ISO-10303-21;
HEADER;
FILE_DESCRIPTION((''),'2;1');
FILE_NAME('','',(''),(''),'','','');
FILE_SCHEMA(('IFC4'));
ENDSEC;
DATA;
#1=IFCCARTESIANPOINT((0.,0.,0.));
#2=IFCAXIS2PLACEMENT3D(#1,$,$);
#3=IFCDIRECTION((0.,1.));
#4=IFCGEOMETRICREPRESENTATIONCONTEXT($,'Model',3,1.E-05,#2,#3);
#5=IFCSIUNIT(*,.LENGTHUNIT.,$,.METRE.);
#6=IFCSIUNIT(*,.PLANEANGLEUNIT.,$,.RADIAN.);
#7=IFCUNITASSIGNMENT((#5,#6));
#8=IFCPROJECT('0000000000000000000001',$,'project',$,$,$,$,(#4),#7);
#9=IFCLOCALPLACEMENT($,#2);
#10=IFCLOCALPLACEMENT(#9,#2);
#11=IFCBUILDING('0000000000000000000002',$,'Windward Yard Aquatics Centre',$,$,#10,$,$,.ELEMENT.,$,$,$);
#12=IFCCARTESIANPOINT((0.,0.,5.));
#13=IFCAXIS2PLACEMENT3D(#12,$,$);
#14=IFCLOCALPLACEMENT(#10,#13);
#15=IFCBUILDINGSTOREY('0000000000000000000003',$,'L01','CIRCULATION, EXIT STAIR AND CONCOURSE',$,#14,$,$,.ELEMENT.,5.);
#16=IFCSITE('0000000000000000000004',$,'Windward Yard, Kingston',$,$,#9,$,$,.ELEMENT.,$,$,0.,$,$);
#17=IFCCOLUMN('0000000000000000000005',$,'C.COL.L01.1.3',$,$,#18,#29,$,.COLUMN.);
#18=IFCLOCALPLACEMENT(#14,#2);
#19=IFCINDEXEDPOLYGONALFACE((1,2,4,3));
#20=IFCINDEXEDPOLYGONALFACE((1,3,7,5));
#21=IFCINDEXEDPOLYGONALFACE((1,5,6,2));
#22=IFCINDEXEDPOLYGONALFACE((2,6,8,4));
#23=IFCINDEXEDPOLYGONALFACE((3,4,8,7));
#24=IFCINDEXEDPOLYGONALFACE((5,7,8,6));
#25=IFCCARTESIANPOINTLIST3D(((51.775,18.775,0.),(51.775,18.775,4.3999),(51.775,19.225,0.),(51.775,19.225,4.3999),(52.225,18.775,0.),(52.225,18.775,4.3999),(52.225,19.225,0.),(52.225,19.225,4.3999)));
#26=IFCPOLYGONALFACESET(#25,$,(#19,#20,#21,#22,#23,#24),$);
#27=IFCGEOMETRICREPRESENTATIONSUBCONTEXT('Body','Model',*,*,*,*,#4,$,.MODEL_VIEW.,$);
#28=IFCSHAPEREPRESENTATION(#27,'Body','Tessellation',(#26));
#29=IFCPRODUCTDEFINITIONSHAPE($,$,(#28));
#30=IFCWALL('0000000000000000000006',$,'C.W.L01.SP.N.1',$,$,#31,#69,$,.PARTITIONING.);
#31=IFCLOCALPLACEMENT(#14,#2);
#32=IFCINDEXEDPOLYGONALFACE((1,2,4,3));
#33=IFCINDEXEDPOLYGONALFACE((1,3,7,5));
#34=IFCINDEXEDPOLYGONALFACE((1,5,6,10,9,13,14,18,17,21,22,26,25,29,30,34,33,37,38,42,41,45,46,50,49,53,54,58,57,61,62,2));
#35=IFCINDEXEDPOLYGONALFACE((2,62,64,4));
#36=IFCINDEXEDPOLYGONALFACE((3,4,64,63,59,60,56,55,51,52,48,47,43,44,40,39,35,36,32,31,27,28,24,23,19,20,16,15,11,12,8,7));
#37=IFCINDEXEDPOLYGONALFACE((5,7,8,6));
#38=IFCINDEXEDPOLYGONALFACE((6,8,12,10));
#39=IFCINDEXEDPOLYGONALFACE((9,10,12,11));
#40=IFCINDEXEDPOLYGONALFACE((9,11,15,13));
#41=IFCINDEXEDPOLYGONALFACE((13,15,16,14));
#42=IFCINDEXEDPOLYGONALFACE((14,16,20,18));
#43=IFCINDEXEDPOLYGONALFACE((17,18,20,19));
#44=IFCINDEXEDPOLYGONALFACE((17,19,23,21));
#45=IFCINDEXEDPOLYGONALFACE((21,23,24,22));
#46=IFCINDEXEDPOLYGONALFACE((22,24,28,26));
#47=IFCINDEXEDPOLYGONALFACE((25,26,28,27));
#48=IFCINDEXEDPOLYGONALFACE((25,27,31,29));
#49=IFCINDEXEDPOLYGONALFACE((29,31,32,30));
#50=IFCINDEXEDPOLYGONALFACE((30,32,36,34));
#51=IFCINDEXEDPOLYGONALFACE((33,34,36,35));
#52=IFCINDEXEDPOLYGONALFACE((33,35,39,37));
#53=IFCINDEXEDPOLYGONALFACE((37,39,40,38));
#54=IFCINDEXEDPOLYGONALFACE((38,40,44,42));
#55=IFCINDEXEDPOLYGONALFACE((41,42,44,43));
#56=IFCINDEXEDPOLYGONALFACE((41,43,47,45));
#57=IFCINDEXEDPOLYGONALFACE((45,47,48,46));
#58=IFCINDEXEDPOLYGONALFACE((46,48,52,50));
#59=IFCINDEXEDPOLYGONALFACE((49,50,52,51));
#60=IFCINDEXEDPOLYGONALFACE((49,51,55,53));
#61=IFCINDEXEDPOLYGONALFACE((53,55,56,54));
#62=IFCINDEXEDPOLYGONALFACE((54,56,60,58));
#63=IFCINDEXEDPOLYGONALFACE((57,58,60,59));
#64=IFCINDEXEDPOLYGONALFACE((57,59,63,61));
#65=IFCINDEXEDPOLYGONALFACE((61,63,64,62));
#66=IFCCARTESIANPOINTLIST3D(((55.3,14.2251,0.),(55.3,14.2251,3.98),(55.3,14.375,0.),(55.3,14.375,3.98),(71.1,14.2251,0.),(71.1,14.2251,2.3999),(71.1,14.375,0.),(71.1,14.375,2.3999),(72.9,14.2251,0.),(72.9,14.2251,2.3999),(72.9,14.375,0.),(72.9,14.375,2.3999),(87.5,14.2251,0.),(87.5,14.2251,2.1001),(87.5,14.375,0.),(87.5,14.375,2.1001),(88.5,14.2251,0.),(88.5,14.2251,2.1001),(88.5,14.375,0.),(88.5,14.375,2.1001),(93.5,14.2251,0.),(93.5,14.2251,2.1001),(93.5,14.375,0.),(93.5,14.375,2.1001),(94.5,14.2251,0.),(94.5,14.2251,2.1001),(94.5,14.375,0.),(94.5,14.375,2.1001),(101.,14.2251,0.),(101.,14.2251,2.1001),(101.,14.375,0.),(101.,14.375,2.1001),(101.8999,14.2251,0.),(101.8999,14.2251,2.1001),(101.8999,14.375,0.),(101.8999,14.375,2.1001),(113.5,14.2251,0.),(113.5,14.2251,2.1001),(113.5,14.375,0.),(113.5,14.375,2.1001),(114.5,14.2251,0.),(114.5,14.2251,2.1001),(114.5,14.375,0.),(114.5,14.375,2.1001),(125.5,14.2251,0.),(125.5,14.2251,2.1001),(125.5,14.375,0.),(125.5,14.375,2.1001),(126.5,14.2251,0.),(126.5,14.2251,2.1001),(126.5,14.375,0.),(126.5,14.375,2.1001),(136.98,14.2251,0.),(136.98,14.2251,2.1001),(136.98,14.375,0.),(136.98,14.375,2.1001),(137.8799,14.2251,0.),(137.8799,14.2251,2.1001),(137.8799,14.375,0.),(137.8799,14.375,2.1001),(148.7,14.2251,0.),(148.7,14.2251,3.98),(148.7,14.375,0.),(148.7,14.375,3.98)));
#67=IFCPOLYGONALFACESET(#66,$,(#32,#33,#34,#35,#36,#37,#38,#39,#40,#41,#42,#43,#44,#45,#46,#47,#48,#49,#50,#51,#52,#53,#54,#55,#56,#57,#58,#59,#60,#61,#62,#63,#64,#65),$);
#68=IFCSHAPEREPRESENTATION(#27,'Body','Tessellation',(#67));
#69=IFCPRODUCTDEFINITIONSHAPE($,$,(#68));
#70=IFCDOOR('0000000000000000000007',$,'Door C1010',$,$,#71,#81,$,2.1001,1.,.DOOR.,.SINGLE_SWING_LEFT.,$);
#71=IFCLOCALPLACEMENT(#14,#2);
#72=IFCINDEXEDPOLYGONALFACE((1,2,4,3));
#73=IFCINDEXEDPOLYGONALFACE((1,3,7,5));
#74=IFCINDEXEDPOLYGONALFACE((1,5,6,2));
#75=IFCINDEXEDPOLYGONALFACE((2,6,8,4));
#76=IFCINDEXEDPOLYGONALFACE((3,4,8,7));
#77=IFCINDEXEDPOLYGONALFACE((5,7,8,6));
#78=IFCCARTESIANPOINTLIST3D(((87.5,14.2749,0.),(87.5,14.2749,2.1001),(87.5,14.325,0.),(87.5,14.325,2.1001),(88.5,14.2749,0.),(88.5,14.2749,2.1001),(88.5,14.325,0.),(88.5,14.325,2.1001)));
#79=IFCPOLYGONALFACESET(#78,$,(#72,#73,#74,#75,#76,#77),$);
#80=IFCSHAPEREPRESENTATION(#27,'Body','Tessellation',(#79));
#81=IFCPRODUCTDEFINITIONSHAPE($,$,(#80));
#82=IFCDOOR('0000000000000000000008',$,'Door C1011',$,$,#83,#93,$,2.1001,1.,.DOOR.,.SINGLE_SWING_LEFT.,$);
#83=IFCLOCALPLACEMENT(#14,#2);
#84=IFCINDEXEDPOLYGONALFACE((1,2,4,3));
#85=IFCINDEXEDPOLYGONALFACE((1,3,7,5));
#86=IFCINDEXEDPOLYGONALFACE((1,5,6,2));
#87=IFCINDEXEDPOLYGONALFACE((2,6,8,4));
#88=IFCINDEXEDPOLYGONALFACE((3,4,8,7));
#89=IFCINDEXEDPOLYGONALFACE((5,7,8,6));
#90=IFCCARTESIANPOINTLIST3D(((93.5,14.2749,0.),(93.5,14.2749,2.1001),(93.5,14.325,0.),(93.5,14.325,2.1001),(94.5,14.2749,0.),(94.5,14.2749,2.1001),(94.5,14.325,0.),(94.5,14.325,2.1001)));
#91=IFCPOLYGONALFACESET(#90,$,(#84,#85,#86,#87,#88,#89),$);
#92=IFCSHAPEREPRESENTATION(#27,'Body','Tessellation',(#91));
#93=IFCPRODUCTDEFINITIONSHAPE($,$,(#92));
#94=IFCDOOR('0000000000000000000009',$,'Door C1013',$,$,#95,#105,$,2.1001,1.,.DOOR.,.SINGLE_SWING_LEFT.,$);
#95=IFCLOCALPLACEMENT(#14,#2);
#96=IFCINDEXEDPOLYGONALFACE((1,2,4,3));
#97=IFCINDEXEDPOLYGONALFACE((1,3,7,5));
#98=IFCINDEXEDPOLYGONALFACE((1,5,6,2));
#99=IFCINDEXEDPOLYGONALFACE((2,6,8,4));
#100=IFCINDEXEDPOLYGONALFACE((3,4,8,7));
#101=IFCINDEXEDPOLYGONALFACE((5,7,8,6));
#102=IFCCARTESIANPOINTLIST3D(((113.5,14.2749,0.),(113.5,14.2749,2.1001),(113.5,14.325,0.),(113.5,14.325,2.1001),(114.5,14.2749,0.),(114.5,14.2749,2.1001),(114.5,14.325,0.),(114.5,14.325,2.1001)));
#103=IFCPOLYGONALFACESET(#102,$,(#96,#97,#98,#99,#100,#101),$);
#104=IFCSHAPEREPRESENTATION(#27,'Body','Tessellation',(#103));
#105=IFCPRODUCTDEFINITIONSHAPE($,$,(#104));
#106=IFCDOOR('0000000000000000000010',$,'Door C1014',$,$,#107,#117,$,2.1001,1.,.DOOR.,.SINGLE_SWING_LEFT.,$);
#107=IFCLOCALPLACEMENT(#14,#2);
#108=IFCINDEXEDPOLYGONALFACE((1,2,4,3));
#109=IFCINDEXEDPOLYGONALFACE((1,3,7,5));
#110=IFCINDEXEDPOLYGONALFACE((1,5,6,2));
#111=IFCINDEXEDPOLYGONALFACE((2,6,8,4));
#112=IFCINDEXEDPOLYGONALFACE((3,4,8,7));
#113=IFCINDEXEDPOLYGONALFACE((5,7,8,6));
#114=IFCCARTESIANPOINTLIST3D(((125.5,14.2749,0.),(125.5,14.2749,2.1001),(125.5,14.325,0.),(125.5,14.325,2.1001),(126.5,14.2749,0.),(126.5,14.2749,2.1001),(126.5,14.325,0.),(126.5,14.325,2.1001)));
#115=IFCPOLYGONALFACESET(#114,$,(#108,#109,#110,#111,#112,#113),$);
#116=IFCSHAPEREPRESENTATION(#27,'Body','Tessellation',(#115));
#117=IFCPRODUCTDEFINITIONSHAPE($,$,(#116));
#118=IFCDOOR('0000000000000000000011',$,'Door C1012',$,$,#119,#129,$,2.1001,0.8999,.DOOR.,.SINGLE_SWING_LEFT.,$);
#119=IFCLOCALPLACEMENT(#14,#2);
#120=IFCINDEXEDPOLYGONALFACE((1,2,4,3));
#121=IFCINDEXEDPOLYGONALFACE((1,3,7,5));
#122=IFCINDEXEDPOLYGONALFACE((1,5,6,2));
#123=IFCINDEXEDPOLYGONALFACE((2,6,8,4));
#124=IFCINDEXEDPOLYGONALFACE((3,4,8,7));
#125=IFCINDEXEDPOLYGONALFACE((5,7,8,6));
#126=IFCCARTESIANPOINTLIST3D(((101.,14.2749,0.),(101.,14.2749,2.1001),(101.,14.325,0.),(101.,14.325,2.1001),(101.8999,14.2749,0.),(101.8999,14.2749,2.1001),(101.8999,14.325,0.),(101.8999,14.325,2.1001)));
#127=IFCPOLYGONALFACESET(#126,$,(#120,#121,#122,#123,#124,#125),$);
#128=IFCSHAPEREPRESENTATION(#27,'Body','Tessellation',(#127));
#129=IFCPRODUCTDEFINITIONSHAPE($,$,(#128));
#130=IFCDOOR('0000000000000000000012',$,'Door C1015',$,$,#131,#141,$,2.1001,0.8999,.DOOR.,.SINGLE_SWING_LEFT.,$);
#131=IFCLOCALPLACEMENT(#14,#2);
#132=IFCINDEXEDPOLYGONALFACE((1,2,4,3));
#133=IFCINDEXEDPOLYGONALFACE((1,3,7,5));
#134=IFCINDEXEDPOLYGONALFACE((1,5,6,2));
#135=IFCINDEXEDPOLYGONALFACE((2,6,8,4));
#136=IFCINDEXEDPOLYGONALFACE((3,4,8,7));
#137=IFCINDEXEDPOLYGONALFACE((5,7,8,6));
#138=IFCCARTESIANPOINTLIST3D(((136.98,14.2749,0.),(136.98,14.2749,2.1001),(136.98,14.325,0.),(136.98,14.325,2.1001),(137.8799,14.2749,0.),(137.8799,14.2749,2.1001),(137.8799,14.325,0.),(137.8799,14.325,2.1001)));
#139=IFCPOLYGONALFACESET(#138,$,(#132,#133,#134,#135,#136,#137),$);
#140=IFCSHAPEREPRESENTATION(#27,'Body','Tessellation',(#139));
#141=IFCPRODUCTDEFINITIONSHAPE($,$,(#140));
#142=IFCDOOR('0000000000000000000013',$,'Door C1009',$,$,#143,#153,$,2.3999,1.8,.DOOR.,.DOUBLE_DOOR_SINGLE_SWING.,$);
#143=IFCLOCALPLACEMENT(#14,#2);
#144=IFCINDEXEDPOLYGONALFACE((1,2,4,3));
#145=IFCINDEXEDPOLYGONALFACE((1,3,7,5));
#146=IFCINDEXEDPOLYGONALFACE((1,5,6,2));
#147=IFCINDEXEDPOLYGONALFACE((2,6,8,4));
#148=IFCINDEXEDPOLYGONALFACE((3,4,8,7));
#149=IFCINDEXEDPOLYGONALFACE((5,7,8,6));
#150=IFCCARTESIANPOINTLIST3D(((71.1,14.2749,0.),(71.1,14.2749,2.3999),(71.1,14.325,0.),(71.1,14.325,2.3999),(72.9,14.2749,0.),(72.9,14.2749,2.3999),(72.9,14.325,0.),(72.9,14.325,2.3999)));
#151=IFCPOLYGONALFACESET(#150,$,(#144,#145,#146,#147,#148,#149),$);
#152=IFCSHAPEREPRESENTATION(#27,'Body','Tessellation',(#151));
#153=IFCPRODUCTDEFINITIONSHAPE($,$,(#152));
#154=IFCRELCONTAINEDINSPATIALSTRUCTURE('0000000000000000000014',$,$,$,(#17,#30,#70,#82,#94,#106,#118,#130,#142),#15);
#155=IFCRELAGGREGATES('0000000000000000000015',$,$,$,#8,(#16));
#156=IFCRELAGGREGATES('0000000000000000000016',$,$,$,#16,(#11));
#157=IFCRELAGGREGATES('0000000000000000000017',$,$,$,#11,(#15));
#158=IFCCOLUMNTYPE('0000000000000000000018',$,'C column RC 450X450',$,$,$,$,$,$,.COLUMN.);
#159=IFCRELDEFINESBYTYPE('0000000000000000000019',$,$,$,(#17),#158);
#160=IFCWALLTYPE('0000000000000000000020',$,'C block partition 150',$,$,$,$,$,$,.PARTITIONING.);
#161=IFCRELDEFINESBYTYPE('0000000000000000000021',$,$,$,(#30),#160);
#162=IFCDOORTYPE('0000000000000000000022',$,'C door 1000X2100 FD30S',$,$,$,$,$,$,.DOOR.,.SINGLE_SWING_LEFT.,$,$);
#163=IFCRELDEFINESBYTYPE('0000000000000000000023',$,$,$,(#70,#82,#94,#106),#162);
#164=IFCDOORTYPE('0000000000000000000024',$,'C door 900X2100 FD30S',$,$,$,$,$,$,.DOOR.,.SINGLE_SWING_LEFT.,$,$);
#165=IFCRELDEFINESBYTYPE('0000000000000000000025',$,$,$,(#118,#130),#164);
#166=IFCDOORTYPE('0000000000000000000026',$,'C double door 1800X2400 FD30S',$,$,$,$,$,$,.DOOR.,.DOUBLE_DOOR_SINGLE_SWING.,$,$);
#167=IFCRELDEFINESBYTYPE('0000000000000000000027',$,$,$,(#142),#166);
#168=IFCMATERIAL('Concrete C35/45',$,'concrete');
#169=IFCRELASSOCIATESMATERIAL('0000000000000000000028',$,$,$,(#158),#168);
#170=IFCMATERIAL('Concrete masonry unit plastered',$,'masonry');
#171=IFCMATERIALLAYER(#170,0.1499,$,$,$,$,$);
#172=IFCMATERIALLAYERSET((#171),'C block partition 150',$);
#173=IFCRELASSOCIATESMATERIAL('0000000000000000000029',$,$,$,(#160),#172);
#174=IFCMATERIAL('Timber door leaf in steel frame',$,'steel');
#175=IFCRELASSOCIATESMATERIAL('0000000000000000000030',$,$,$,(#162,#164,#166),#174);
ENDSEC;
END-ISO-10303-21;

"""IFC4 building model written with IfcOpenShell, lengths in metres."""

from ifc_helpers import new_model, si_unit, direction, frame, frame_2d, origin, origin_2d, place, context, subcontext, project, spatial, rectangle, extrude, material, layer, layer_set, material_profile, profile_set, type_object, element, fill, save


model = new_model("IFC4")

# Units and contexts
model_context = context("Model", 3, precision=1e-05, world=origin(), true_north=direction((0.0, 1.0)))
body_context = subcontext(model_context, "Body", "Model", "MODEL_VIEW")
ifc_project = project(units=[si_unit("LENGTHUNIT", "METRE"), si_unit("PLANEANGLEUNIT", "RADIAN")], contexts=[model_context])

# Site, building, storey
site_placement = place(None, origin())
site = spatial("IfcSite", under=ifc_project, at=site_placement, Name="Windward Yard, Kingston", CompositionType="ELEMENT", RefElevation=0.0)
building_placement = place(site_placement, origin())
building = spatial("IfcBuilding", under=site, at=building_placement, Name="Windward Yard Aquatics Centre", CompositionType="ELEMENT")
storey_placement = place(building_placement, frame((0.0, 0.0, 5.0)))
storey = spatial("IfcBuildingStorey", under=building, at=storey_placement, Name="L01", Description="CIRCULATION, EXIT STAIR AND CONCOURSE", CompositionType="ELEMENT", Elevation=5.0)

# Column
ifc_material_1 = material(Name="Concrete C35/45", Category="concrete")
ifc_material_profile = material_profile(ifc_material_1, rectangle(XDim=0.45, YDim=0.45, at=origin_2d()), Name="RC 450X450")
ifc_profile_set = profile_set([ifc_material_profile], Name="Concrete C35/45")
column_type = type_object("IfcColumnType", Name="C column RC 450X450", PredefinedType="COLUMN", material=ifc_profile_set)
column_placement = place(storey_placement, frame((52.0, 19.0, 0.0), z_axis=(0.0, 0.0, 1.0), x_axis=(1.0, 0.0, 0.0)))
element("IfcColumn", 1, at=column_placement, inside=storey, type_object=column_type, Name="C.COL.L01.1.3", PredefinedType="COLUMN", context=body_context, shape_type="SweptSolid", body=[
    extrude(rectangle(XDim=0.45, YDim=0.45, at=origin_2d()), origin(), (0.0, 0.0, 1.0), 4.3999),
])

# Wall, openings, doors
ifc_material_2 = material(Name="Concrete masonry unit plastered", Category="masonry")
ifc_layer_1 = layer(ifc_material_2, 0.1499)
ifc_layer_set_1 = layer_set([ifc_layer_1], Name="C block partition 150")
wall_type_1 = type_object("IfcWallType", Name="C block partition 150", PredefinedType="PARTITIONING", material=ifc_layer_set_1)
wall_1_placement = place(storey_placement, frame((55.3, 14.3, 0.0), z_axis=(0.0, 0.0, 1.0), x_axis=(1.0, 0.0, 0.0)))
wall_1 = element("IfcWall", 2, at=wall_1_placement, inside=storey, type_object=wall_type_1, Name="C.W.L01.SP.N.1", PredefinedType="PARTITIONING", context=body_context, shape_type="SweptSolid", body=[
    extrude(rectangle(XDim=93.3999, YDim=0.1499, at=frame_2d((46.7, 0.0))), origin(), (0.0, 0.0, 1.0), 3.98),
])
opening_1_placement = place(wall_1_placement, frame((15.8, 0.0, 0.0)))
opening_1 = element("IfcOpeningElement", 3, at=opening_1_placement, cuts=wall_1, PredefinedType="OPENING", context=body_context, shape_type="SweptSolid", body=[
    extrude(rectangle(XDim=1.8, YDim=2.3999, at=frame_2d((0.8999, 1.2))), frame((0.0, 0.085, 0.0), z_axis=(0.0, -1.0, 0.0), x_axis=(1.0, 0.0, 0.0)), (0.0, 0.0, 1.0), 0.1699),
])
opening_2_placement = place(wall_1_placement, frame((32.2, 0.0, 0.0)))
opening_2 = element("IfcOpeningElement", 4, at=opening_2_placement, cuts=wall_1, PredefinedType="OPENING", context=body_context, shape_type="SweptSolid", body=[
    extrude(rectangle(XDim=1.0, YDim=2.1001, at=frame_2d((0.5, 1.05))), frame((0.0, 0.085, 0.0), z_axis=(0.0, -1.0, 0.0), x_axis=(1.0, 0.0, 0.0)), (0.0, 0.0, 1.0), 0.1699),
])
opening_3_placement = place(wall_1_placement, frame((38.2, 0.0, 0.0)))
opening_3 = element("IfcOpeningElement", 5, at=opening_3_placement, cuts=wall_1, PredefinedType="OPENING", context=body_context, shape_type="SweptSolid", body=[
    extrude(rectangle(XDim=1.0, YDim=2.1001, at=frame_2d((0.5, 1.05))), frame((0.0, 0.085, 0.0), z_axis=(0.0, -1.0, 0.0), x_axis=(1.0, 0.0, 0.0)), (0.0, 0.0, 1.0), 0.1699),
])
opening_4_placement = place(wall_1_placement, frame((45.7, 0.0, 0.0)))
opening_4 = element("IfcOpeningElement", 6, at=opening_4_placement, cuts=wall_1, PredefinedType="OPENING", context=body_context, shape_type="SweptSolid", body=[
    extrude(rectangle(XDim=0.8999, YDim=2.1001, at=frame_2d((0.45, 1.05))), frame((0.0, 0.085, 0.0), z_axis=(0.0, -1.0, 0.0), x_axis=(1.0, 0.0, 0.0)), (0.0, 0.0, 1.0), 0.1699),
])
opening_5_placement = place(wall_1_placement, frame((58.2, 0.0, 0.0)))
opening_5 = element("IfcOpeningElement", 7, at=opening_5_placement, cuts=wall_1, PredefinedType="OPENING", context=body_context, shape_type="SweptSolid", body=[
    extrude(rectangle(XDim=1.0, YDim=2.1001, at=frame_2d((0.5, 1.05))), frame((0.0, 0.085, 0.0), z_axis=(0.0, -1.0, 0.0), x_axis=(1.0, 0.0, 0.0)), (0.0, 0.0, 1.0), 0.1699),
])
opening_6_placement = place(wall_1_placement, frame((70.2, 0.0, 0.0)))
opening_6 = element("IfcOpeningElement", 8, at=opening_6_placement, cuts=wall_1, PredefinedType="OPENING", context=body_context, shape_type="SweptSolid", body=[
    extrude(rectangle(XDim=1.0, YDim=2.1001, at=frame_2d((0.5, 1.05))), frame((0.0, 0.085, 0.0), z_axis=(0.0, -1.0, 0.0), x_axis=(1.0, 0.0, 0.0)), (0.0, 0.0, 1.0), 0.1699),
])
opening_7_placement = place(wall_1_placement, frame((81.6799, 0.0, 0.0)))
opening_7 = element("IfcOpeningElement", 9, at=opening_7_placement, cuts=wall_1, PredefinedType="OPENING", context=body_context, shape_type="SweptSolid", body=[
    extrude(rectangle(XDim=0.8999, YDim=2.1001, at=frame_2d((0.45, 1.05))), frame((0.0, 0.085, 0.0), z_axis=(0.0, -1.0, 0.0), x_axis=(1.0, 0.0, 0.0)), (0.0, 0.0, 1.0), 0.1699),
])
ifc_material_3 = material(Name="Timber door leaf in steel frame", Category="steel")
door_type_1 = type_object("IfcDoorType", Name="C door 1000X2100 FD30S", OperationType="SINGLE_SWING_LEFT", PredefinedType="DOOR", material=ifc_material_3)
door_1_placement = place(opening_2_placement, origin())
door_1 = element("IfcDoor", 10, at=door_1_placement, inside=storey, type_object=door_type_1, Name="Door C1010", OperationType="SINGLE_SWING_LEFT", OverallHeight=2.1001, OverallWidth=1.0, PredefinedType="DOOR", context=body_context, shape_type="SweptSolid", body=[
    extrude(rectangle(XDim=1.0, YDim=2.1001, at=frame_2d((0.5, 1.05))), frame((0.0, 0.0249, 0.0), z_axis=(0.0, -1.0, 0.0), x_axis=(1.0, 0.0, 0.0)), (0.0, 0.0, 1.0), 0.05),
])
fill(opening_2, door_1)
door_2_placement = place(opening_3_placement, origin())
door_2 = element("IfcDoor", 11, at=door_2_placement, inside=storey, type_object=door_type_1, Name="Door C1011", OperationType="SINGLE_SWING_LEFT", OverallHeight=2.1001, OverallWidth=1.0, PredefinedType="DOOR", context=body_context, shape_type="SweptSolid", body=[
    extrude(rectangle(XDim=1.0, YDim=2.1001, at=frame_2d((0.5, 1.05))), frame((0.0, 0.0249, 0.0), z_axis=(0.0, -1.0, 0.0), x_axis=(1.0, 0.0, 0.0)), (0.0, 0.0, 1.0), 0.05),
])
fill(opening_3, door_2)
door_3_placement = place(opening_5_placement, origin())
door_3 = element("IfcDoor", 12, at=door_3_placement, inside=storey, type_object=door_type_1, Name="Door C1013", OperationType="SINGLE_SWING_LEFT", OverallHeight=2.1001, OverallWidth=1.0, PredefinedType="DOOR", context=body_context, shape_type="SweptSolid", body=[
    extrude(rectangle(XDim=1.0, YDim=2.1001, at=frame_2d((0.5, 1.05))), frame((0.0, 0.0249, 0.0), z_axis=(0.0, -1.0, 0.0), x_axis=(1.0, 0.0, 0.0)), (0.0, 0.0, 1.0), 0.05),
])
fill(opening_5, door_3)
door_4_placement = place(opening_6_placement, origin())
door_4 = element("IfcDoor", 13, at=door_4_placement, inside=storey, type_object=door_type_1, Name="Door C1014", OperationType="SINGLE_SWING_LEFT", OverallHeight=2.1001, OverallWidth=1.0, PredefinedType="DOOR", context=body_context, shape_type="SweptSolid", body=[
    extrude(rectangle(XDim=1.0, YDim=2.1001, at=frame_2d((0.5, 1.05))), frame((0.0, 0.0249, 0.0), z_axis=(0.0, -1.0, 0.0), x_axis=(1.0, 0.0, 0.0)), (0.0, 0.0, 1.0), 0.05),
])
fill(opening_6, door_4)
door_type_2 = type_object("IfcDoorType", Name="C door 900X2100 FD30S", OperationType="SINGLE_SWING_LEFT", PredefinedType="DOOR", material=ifc_material_3)
door_5_placement = place(opening_4_placement, origin())
door_5 = element("IfcDoor", 14, at=door_5_placement, inside=storey, type_object=door_type_2, Name="Door C1012", OperationType="SINGLE_SWING_LEFT", OverallHeight=2.1001, OverallWidth=0.8999, PredefinedType="DOOR", context=body_context, shape_type="SweptSolid", body=[
    extrude(rectangle(XDim=0.8999, YDim=2.1001, at=frame_2d((0.45, 1.05))), frame((0.0, 0.0249, 0.0), z_axis=(0.0, -1.0, 0.0), x_axis=(1.0, 0.0, 0.0)), (0.0, 0.0, 1.0), 0.05),
])
fill(opening_4, door_5)
door_6_placement = place(opening_7_placement, origin())
door_6 = element("IfcDoor", 15, at=door_6_placement, inside=storey, type_object=door_type_2, Name="Door C1015", OperationType="SINGLE_SWING_LEFT", OverallHeight=2.1001, OverallWidth=0.8999, PredefinedType="DOOR", context=body_context, shape_type="SweptSolid", body=[
    extrude(rectangle(XDim=0.8999, YDim=2.1001, at=frame_2d((0.45, 1.05))), frame((0.0, 0.0249, 0.0), z_axis=(0.0, -1.0, 0.0), x_axis=(1.0, 0.0, 0.0)), (0.0, 0.0, 1.0), 0.05),
])
fill(opening_7, door_6)
door_type_3 = type_object("IfcDoorType", Name="C double door 1800X2400 FD30S", OperationType="DOUBLE_DOOR_SINGLE_SWING", PredefinedType="DOOR", material=ifc_material_3)
door_7_placement = place(opening_1_placement, origin())
door_7 = element("IfcDoor", 16, at=door_7_placement, inside=storey, type_object=door_type_3, Name="Door C1009", OperationType="DOUBLE_DOOR_SINGLE_SWING", OverallHeight=2.3999, OverallWidth=1.8, PredefinedType="DOOR", context=body_context, shape_type="SweptSolid", body=[
    extrude(rectangle(XDim=1.8, YDim=2.3999, at=frame_2d((0.8999, 1.2))), frame((0.0, 0.0249, 0.0), z_axis=(0.0, -1.0, 0.0), x_axis=(1.0, 0.0, 0.0)), (0.0, 0.0, 1.0), 0.05),
])
fill(opening_1, door_7)

save(model, "model.ifc")
